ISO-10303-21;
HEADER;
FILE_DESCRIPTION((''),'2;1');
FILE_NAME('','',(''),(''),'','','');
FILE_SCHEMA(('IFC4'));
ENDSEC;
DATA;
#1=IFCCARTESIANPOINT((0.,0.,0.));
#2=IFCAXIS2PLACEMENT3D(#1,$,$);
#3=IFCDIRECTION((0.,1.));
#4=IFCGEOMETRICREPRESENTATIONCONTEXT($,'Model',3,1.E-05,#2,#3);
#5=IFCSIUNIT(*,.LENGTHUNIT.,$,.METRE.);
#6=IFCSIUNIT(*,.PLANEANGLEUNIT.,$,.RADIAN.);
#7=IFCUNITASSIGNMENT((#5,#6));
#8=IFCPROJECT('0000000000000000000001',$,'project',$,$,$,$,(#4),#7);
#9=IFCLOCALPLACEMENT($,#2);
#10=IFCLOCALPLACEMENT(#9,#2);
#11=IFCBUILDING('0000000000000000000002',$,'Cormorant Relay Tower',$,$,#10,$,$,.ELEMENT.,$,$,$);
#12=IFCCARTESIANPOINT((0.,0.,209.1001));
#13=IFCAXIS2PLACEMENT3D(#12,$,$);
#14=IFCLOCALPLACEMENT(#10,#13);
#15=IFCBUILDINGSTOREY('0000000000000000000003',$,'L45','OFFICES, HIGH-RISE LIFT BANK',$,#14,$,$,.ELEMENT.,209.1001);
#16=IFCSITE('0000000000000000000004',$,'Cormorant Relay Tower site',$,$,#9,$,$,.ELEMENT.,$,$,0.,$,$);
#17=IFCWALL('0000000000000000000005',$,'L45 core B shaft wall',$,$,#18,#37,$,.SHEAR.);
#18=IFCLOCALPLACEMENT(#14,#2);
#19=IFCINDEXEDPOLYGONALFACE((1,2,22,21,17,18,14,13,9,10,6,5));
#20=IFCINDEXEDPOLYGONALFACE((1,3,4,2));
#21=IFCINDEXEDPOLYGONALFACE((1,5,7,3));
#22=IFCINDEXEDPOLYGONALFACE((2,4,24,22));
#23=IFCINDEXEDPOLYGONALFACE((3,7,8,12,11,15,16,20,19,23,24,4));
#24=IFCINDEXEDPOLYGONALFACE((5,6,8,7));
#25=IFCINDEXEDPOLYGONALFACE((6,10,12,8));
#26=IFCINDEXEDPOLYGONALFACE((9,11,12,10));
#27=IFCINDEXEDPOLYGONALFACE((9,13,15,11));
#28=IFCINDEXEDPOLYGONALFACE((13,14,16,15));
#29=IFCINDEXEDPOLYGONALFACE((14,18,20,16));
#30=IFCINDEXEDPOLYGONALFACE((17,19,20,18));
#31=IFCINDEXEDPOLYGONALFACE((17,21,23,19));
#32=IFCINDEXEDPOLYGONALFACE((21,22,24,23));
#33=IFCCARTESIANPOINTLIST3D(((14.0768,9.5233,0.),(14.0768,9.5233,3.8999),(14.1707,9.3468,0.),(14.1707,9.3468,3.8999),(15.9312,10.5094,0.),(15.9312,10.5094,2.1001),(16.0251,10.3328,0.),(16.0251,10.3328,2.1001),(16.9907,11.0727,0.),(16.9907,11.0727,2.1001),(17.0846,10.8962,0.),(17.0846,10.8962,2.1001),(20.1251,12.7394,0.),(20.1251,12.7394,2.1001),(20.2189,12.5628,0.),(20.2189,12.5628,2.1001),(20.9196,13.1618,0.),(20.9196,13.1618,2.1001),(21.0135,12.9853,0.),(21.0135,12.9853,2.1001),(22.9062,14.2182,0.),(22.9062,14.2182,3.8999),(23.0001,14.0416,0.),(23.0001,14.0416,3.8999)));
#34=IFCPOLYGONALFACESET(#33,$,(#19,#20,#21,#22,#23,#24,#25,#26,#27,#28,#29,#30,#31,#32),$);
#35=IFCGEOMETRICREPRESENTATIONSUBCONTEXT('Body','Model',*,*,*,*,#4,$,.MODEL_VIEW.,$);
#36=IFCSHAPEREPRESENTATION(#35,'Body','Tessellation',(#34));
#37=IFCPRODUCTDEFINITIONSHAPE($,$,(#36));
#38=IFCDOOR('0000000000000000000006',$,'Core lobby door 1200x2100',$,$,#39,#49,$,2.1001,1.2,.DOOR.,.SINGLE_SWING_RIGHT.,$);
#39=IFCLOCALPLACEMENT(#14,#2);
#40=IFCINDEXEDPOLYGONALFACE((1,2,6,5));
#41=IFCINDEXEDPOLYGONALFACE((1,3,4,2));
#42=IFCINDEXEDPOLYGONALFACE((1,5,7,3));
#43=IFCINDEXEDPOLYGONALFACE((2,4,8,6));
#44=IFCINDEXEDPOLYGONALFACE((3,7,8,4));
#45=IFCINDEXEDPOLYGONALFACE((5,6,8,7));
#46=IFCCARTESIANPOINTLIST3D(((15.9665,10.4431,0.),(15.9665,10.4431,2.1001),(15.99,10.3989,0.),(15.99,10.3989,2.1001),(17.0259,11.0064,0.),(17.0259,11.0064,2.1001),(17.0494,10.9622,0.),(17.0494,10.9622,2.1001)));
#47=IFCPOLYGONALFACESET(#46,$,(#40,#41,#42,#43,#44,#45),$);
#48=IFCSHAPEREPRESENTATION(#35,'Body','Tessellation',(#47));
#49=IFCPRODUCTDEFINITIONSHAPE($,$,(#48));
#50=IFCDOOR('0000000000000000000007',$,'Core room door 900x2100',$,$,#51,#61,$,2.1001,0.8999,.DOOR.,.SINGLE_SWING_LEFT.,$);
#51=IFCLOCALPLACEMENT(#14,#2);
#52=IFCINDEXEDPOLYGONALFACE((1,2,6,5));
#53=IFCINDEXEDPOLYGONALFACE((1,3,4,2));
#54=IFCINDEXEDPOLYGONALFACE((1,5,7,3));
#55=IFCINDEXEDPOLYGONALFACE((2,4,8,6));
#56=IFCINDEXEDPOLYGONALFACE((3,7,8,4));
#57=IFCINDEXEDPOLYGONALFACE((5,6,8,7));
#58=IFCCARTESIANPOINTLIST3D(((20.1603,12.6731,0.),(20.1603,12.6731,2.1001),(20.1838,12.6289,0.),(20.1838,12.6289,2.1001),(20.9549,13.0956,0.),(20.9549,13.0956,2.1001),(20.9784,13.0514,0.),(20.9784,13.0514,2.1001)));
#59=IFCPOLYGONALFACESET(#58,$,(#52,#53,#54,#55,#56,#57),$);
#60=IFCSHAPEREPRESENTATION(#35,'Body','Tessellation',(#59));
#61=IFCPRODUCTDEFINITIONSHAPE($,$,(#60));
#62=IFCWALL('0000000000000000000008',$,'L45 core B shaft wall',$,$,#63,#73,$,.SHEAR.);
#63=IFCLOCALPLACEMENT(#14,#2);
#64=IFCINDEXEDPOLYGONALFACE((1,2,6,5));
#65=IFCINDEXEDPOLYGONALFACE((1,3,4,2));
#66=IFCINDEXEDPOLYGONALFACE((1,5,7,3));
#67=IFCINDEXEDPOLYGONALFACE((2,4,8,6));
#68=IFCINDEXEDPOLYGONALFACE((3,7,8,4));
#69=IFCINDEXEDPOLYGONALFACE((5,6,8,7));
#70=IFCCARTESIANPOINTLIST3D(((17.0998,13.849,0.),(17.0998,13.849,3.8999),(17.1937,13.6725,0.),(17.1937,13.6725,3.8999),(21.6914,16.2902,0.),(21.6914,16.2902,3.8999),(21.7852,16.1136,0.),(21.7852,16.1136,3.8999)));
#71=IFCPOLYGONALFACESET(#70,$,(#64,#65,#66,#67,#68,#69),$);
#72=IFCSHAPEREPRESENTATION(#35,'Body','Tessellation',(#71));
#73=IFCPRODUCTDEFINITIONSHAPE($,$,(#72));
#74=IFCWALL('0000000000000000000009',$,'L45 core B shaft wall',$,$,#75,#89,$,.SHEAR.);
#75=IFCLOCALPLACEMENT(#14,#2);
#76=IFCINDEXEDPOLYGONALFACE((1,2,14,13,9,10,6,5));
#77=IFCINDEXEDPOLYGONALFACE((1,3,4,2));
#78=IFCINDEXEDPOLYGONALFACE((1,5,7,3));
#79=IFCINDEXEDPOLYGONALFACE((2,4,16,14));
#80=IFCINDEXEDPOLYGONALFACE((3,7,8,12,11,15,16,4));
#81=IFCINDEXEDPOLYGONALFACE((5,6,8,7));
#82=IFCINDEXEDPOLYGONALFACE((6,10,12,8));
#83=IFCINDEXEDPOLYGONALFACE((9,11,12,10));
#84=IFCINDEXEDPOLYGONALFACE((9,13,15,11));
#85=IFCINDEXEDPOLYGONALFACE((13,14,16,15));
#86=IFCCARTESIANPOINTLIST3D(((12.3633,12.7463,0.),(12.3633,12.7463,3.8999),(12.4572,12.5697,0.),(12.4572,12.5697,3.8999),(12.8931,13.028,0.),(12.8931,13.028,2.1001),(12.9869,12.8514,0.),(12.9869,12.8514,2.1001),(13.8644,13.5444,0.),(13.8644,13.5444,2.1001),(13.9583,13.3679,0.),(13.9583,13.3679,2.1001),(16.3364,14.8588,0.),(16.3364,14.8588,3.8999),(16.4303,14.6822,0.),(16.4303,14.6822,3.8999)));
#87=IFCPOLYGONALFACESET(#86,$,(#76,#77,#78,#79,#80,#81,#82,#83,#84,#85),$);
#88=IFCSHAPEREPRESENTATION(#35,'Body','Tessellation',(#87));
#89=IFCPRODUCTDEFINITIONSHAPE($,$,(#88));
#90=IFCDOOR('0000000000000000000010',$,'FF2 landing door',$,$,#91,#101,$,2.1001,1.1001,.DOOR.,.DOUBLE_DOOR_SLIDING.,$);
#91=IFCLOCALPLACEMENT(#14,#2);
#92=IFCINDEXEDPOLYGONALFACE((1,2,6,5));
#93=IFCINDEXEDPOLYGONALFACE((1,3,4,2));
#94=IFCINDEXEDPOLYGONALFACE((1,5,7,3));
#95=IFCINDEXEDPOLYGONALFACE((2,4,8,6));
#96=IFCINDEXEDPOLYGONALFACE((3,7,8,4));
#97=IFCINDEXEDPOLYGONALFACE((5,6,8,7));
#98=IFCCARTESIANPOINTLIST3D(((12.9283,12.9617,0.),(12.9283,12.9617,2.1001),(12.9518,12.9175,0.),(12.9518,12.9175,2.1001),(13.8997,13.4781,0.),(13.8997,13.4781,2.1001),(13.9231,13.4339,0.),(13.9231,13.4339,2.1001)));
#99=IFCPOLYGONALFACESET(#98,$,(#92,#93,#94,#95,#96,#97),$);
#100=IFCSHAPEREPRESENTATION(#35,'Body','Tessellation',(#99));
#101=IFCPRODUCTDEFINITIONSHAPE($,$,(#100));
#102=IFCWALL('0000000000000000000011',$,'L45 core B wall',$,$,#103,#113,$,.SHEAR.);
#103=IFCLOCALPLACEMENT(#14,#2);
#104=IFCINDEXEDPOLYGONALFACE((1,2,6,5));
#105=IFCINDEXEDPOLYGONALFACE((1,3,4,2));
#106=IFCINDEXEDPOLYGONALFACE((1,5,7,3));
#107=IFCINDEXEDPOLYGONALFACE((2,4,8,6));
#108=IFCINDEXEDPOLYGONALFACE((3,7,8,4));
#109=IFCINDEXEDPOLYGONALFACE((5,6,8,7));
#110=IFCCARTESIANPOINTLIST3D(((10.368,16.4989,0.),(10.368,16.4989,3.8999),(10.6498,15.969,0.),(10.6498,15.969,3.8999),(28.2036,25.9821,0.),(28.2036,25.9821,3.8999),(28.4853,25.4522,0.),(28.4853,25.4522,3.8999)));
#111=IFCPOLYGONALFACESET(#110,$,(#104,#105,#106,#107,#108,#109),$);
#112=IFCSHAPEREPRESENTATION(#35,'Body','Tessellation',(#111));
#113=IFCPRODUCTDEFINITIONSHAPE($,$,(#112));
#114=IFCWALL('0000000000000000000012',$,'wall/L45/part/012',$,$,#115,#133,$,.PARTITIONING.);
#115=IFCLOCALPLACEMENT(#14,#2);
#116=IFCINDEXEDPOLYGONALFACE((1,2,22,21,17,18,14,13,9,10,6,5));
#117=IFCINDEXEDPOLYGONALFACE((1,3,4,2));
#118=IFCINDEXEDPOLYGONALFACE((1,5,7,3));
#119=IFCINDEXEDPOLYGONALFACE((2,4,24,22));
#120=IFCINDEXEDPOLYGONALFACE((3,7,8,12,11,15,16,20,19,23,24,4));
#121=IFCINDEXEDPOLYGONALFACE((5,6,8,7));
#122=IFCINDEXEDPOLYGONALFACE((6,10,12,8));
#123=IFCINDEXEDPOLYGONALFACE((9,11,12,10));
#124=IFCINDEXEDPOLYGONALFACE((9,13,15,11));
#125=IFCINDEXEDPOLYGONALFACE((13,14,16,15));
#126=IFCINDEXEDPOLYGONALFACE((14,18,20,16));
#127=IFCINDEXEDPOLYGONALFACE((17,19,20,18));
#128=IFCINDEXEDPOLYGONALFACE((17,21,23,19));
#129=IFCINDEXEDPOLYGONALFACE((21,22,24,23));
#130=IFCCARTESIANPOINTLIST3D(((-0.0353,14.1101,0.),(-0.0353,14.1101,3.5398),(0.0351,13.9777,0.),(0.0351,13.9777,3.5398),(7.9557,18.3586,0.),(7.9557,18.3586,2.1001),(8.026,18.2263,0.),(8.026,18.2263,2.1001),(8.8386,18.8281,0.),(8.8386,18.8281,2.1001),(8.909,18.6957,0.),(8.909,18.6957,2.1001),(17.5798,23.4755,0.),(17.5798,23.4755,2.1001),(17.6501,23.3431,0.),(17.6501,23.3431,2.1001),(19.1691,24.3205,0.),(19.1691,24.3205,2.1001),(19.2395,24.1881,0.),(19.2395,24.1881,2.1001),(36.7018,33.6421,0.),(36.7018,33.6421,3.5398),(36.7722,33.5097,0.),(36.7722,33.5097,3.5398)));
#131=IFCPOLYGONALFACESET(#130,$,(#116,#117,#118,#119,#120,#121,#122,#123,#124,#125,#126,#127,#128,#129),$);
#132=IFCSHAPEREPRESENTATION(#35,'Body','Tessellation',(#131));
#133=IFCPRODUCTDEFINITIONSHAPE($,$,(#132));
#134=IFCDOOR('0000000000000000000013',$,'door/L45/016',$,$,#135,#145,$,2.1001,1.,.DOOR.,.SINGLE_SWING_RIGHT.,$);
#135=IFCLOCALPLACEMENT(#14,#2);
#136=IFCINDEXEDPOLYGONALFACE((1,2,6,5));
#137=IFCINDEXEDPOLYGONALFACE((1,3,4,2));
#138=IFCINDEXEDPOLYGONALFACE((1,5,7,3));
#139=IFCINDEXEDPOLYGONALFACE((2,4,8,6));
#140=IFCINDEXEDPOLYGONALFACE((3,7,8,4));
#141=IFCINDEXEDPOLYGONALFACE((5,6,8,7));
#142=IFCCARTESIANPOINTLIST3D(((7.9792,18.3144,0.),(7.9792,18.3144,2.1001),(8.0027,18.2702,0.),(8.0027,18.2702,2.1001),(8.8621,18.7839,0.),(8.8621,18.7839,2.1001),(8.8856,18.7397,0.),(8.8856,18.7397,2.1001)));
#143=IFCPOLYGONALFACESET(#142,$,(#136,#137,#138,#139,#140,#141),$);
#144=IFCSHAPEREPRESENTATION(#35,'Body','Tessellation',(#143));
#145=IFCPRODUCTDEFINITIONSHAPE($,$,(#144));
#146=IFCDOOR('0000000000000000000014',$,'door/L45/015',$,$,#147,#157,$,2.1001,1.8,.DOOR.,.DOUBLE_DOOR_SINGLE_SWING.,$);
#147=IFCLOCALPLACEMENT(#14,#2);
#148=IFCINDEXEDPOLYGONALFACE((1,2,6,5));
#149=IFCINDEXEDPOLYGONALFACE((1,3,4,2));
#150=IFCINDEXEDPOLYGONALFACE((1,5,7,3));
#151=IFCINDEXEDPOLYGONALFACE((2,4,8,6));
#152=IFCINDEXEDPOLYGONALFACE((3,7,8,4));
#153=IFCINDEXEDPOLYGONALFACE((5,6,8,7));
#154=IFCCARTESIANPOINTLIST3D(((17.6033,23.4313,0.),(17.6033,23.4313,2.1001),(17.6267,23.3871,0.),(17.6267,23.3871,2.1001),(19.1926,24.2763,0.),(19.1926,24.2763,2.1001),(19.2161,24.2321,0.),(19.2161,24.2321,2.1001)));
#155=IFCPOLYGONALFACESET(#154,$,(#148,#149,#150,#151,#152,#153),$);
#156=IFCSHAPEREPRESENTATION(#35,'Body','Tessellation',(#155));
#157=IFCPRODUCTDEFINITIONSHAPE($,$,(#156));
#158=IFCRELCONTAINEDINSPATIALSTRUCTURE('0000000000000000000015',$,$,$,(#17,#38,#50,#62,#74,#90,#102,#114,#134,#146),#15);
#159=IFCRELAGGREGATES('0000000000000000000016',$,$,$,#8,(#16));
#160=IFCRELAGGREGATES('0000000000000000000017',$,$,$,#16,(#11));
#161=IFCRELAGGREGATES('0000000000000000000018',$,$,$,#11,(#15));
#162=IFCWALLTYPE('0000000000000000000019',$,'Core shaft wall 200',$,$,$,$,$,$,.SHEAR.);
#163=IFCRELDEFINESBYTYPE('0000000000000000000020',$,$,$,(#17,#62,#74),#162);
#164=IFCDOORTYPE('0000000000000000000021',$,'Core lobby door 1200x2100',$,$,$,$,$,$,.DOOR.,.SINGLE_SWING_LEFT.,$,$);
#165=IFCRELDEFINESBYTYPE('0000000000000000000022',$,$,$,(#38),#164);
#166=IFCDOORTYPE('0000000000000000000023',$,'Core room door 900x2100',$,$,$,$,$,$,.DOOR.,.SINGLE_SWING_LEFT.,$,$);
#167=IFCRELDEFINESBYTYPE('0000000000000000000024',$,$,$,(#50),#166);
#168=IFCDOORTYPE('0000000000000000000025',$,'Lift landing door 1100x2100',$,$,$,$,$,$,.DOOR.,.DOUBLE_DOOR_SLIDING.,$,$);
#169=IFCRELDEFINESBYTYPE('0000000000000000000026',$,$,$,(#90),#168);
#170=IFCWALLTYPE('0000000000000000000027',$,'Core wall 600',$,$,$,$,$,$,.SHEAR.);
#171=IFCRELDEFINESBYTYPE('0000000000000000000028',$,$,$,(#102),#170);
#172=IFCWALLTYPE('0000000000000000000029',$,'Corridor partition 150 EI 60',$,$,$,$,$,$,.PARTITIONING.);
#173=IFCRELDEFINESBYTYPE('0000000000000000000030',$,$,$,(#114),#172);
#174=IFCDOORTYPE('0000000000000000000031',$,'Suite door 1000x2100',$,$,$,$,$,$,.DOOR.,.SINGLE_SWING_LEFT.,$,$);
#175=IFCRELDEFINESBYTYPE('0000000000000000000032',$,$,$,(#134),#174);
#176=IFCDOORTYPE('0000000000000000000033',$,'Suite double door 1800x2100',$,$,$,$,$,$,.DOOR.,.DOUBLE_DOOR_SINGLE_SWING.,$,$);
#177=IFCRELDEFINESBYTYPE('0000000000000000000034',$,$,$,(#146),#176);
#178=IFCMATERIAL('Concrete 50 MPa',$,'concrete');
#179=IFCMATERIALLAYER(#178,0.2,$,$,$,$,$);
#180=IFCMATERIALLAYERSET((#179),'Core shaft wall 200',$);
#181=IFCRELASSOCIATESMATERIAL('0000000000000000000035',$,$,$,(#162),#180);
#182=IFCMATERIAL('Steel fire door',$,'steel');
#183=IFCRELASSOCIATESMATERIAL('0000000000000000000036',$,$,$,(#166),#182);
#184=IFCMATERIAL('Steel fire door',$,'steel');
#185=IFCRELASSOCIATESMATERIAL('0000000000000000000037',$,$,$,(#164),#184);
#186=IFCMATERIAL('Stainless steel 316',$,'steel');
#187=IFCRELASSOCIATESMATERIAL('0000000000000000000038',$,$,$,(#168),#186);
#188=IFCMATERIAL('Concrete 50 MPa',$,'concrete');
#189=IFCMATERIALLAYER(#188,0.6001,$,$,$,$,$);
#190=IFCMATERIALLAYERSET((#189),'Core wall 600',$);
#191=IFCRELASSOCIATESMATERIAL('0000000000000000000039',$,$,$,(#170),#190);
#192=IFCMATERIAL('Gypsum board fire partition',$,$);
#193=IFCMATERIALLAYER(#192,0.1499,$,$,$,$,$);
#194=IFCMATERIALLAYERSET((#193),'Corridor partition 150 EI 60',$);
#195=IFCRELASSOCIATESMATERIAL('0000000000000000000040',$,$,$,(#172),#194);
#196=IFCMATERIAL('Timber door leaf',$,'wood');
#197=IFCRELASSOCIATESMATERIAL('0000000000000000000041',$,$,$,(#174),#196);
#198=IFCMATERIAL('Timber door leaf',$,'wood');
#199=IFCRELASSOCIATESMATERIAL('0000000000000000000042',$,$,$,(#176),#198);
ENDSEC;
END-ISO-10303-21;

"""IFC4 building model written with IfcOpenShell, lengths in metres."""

from ifc_helpers import new_model, si_unit, direction, frame, frame_2d, origin, place, context, subcontext, project, spatial, rectangle, extrude, material, layer, layer_set, type_object, element, fill, save


model = new_model("IFC4")

# Units and contexts
model_context = context("Model", 3, precision=1e-05, world=origin(), true_north=direction((0.0, 1.0)))
body_context = subcontext(model_context, "Body", "Model", "MODEL_VIEW")
ifc_project = project(units=[si_unit("LENGTHUNIT", "METRE"), si_unit("PLANEANGLEUNIT", "RADIAN")], contexts=[model_context])

# Site, building, storey
site_placement = place(None, origin())
site = spatial("IfcSite", under=ifc_project, at=site_placement, Name="Cormorant Relay Tower site", CompositionType="ELEMENT", RefElevation=0.0)
building_placement = place(site_placement, origin())
building = spatial("IfcBuilding", under=site, at=building_placement, Name="Cormorant Relay Tower", CompositionType="ELEMENT")
storey_placement = place(building_placement, frame((0.0, 0.0, 209.1001)))
storey = spatial("IfcBuildingStorey", under=building, at=storey_placement, Name="L45", Description="OFFICES, HIGH-RISE LIFT BANK", CompositionType="ELEMENT", Elevation=209.1001)

# Shared definitions
ifc_material_1 = material(Name="Concrete 50 MPa", Category="concrete")
ifc_layer_1 = layer(ifc_material_1, 0.2)
ifc_layer_set_1 = layer_set([ifc_layer_1], Name="Core shaft wall 200")
wall_type_1 = type_object("IfcWallType", Name="Core shaft wall 200", PredefinedType="SHEAR", material=ifc_layer_set_1)

# Shared definitions
ifc_material_2 = material(Name="Steel fire door", Category="steel")
door_type_1 = type_object("IfcDoorType", Name="Core room door 900x2100", OperationType="SINGLE_SWING_LEFT", PredefinedType="DOOR", material=ifc_material_2)

# Wall, openings, doors
wall_1_placement = place(storey_placement, frame((14.1238, 9.4351, 0.0), z_axis=(0.0, 0.0, 1.0), x_axis=(0.88294, 0.469485, 0.0)))
wall_1 = element("IfcWall", 1, at=wall_1_placement, inside=storey, type_object=wall_type_1, Name="L45 core B shaft wall", PredefinedType="SHEAR", context=body_context, shape_type="SweptSolid", body=[
    extrude(rectangle(XDim=10.0, YDim=0.2, at=frame_2d((5.0, 0.0))), origin(), (0.0, 0.0, 1.0), 3.8999),
])
opening_1_placement = place(wall_1_placement, frame((2.1001, 0.0, 0.0)))
opening_1 = element("IfcOpeningElement", 2, at=opening_1_placement, cuts=wall_1, PredefinedType="OPENING", context=body_context, shape_type="SweptSolid", body=[
    extrude(rectangle(XDim=1.2, YDim=2.1001, at=frame_2d((0.6001, 1.05))), frame((0.0, 0.1099, 0.0), z_axis=(0.0, -1.0, 0.0), x_axis=(1.0, 0.0, 0.0)), (0.0, 0.0, 1.0), 0.22),
])
opening_2_placement = place(wall_1_placement, frame((6.8501, 0.0, 0.0)))
opening_2 = element("IfcOpeningElement", 3, at=opening_2_placement, cuts=wall_1, PredefinedType="OPENING", context=body_context, shape_type="SweptSolid", body=[
    extrude(rectangle(XDim=0.8999, YDim=2.1001, at=frame_2d((0.45, 1.05))), frame((0.0, 0.1099, 0.0), z_axis=(0.0, -1.0, 0.0), x_axis=(1.0, 0.0, 0.0)), (0.0, 0.0, 1.0), 0.22),
])
ifc_material_3 = material(Name="Steel fire door", Category="steel")
door_type_2 = type_object("IfcDoorType", Name="Core lobby door 1200x2100", OperationType="SINGLE_SWING_LEFT", PredefinedType="DOOR", material=ifc_material_3)
door_1_placement = place(opening_1_placement, origin())
door_1 = element("IfcDoor", 4, at=door_1_placement, inside=storey, type_object=door_type_2, Name="Core lobby door 1200x2100", OperationType="SINGLE_SWING_RIGHT", OverallHeight=2.1001, OverallWidth=1.2, PredefinedType="DOOR", context=body_context, shape_type="SweptSolid", body=[
    extrude(rectangle(XDim=1.2, YDim=2.1001, at=frame_2d((0.6001, 1.05))), frame((0.0, 0.0249, 0.0), z_axis=(0.0, -1.0, 0.0), x_axis=(1.0, 0.0, 0.0)), (0.0, 0.0, 1.0), 0.05),
])
fill(opening_1, door_1)
door_2_placement = place(opening_2_placement, origin())
door_2 = element("IfcDoor", 5, at=door_2_placement, inside=storey, type_object=door_type_1, Name="Core room door 900x2100", OperationType="SINGLE_SWING_LEFT", OverallHeight=2.1001, OverallWidth=0.8999, PredefinedType="DOOR", context=body_context, shape_type="SweptSolid", body=[
    extrude(rectangle(XDim=0.8999, YDim=2.1001, at=frame_2d((0.45, 1.05))), frame((0.0, 0.0249, 0.0), z_axis=(0.0, -1.0, 0.0), x_axis=(1.0, 0.0, 0.0)), (0.0, 0.0, 1.0), 0.05),
])
fill(opening_2, door_2)

# Wall
wall_2_placement = place(storey_placement, frame((17.1467, 13.7607, 0.0), z_axis=(0.0, 0.0, 1.0), x_axis=(0.882964, 0.46944, 0.0)))
element("IfcWall", 6, at=wall_2_placement, inside=storey, type_object=wall_type_1, Name="L45 core B shaft wall", PredefinedType="SHEAR", context=body_context, shape_type="SweptSolid", body=[
    extrude(rectangle(XDim=5.2002, YDim=0.2, at=frame_2d((2.6001, 0.0))), origin(), (0.0, 0.0, 1.0), 3.8999),
])

# Wall, opening, door
wall_3_placement = place(storey_placement, frame((12.4102, 12.658, 0.0), z_axis=(0.0, 0.0, 1.0), x_axis=(0.882948, 0.46947, 0.0)))
wall_3 = element("IfcWall", 7, at=wall_3_placement, inside=storey, type_object=wall_type_1, Name="L45 core B shaft wall", PredefinedType="SHEAR", context=body_context, shape_type="SweptSolid", body=[
    extrude(rectangle(XDim=4.4998, YDim=0.2, at=frame_2d((2.25, 0.0))), origin(), (0.0, 0.0, 1.0), 3.8999),
])
opening_3_placement = place(wall_3_placement, frame((0.6001, 0.0, 0.0)))
opening_3 = element("IfcOpeningElement", 8, at=opening_3_placement, cuts=wall_3, PredefinedType="OPENING", context=body_context, shape_type="SweptSolid", body=[
    extrude(rectangle(XDim=1.1001, YDim=2.1001, at=frame_2d((0.55, 1.05))), frame((0.0, 0.1099, 0.0), z_axis=(0.0, -1.0, 0.0), x_axis=(1.0, 0.0, 0.0)), (0.0, 0.0, 1.0), 0.22),
])
ifc_material_4 = material(Name="Stainless steel 316", Category="steel")
door_type_3 = type_object("IfcDoorType", Name="Lift landing door 1100x2100", OperationType="DOUBLE_DOOR_SLIDING", PredefinedType="DOOR", material=ifc_material_4)
door_3_placement = place(opening_3_placement, origin())
door_3 = element("IfcDoor", 9, at=door_3_placement, inside=storey, type_object=door_type_3, Name="FF2 landing door", OperationType="DOUBLE_DOOR_SLIDING", OverallHeight=2.1001, OverallWidth=1.1001, PredefinedType="DOOR", context=body_context, shape_type="SweptSolid", body=[
    extrude(rectangle(XDim=1.1001, YDim=2.1001, at=frame_2d((0.55, 1.05))), frame((0.0, 0.0249, 0.0), z_axis=(0.0, -1.0, 0.0), x_axis=(1.0, 0.0, 0.0)), (0.0, 0.0, 1.0), 0.05),
])
fill(opening_3, door_3)

# Wall
ifc_material_5 = material(Name="Concrete 50 MPa", Category="concrete")
ifc_layer_2 = layer(ifc_material_5, 0.6001)
ifc_layer_set_2 = layer_set([ifc_layer_2], Name="Core wall 600")
wall_type_2 = type_object("IfcWallType", Name="Core wall 600", PredefinedType="SHEAR", material=ifc_layer_set_2)
wall_4_placement = place(storey_placement, frame((10.5088, 16.2339, 0.0), z_axis=(0.0, 0.0, 1.0), x_axis=(0.88295, 0.469467, 0.0)))
element("IfcWall", 10, at=wall_4_placement, inside=storey, type_object=wall_type_2, Name="L45 core B wall", PredefinedType="SHEAR", context=body_context, shape_type="SweptSolid", body=[
    extrude(rectangle(XDim=20.2, YDim=0.6001, at=frame_2d((10.1001, 0.0))), origin(), (0.0, 0.0, 1.0), 3.8999),
])

# Wall, openings, doors
ifc_material_6 = material(Name="Gypsum board fire partition")
ifc_layer_3 = layer(ifc_material_6, 0.1499)
ifc_layer_set_3 = layer_set([ifc_layer_3], Name="Corridor partition 150 EI 60")
wall_type_3 = type_object("IfcWallType", Name="Corridor partition 150 EI 60", PredefinedType="PARTITIONING", material=ifc_layer_set_3)
wall_5_placement = place(storey_placement, frame((0.0, 14.0439, 0.0), z_axis=(0.0, 0.0, 1.0), x_axis=(0.882962, 0.469444, 0.0)))
wall_5 = element("IfcWall", 11, at=wall_5_placement, inside=storey, type_object=wall_type_3, Name="wall/L45/part/012", PredefinedType="PARTITIONING", context=body_context, shape_type="SweptSolid", body=[
    extrude(rectangle(XDim=41.6067, YDim=0.1499, at=frame_2d((20.8032, 0.0))), origin(), (0.0, 0.0, 1.0), 3.5398),
])
opening_4_placement = place(wall_5_placement, frame((19.95, 0.0, 0.0)))
opening_4 = element("IfcOpeningElement", 12, at=opening_4_placement, cuts=wall_5, PredefinedType="OPENING", context=body_context, shape_type="SweptSolid", body=[
    extrude(rectangle(XDim=1.8, YDim=2.1001, at=frame_2d((0.8999, 1.05))), frame((0.0, 0.085, 0.0), z_axis=(0.0, -1.0, 0.0), x_axis=(1.0, 0.0, 0.0)), (0.0, 0.0, 1.0), 0.1699),
])
opening_5_placement = place(wall_5_placement, frame((9.05, 0.0, 0.0)))
opening_5 = element("IfcOpeningElement", 13, at=opening_5_placement, cuts=wall_5, PredefinedType="OPENING", context=body_context, shape_type="SweptSolid", body=[
    extrude(rectangle(XDim=1.0, YDim=2.1001, at=frame_2d((0.5, 1.05))), frame((0.0, 0.085, 0.0), z_axis=(0.0, -1.0, 0.0), x_axis=(1.0, 0.0, 0.0)), (0.0, 0.0, 1.0), 0.1699),
])
ifc_material_7 = material(Name="Timber door leaf", Category="wood")
door_type_4 = type_object("IfcDoorType", Name="Suite door 1000x2100", OperationType="SINGLE_SWING_LEFT", PredefinedType="DOOR", material=ifc_material_7)
door_4_placement = place(opening_5_placement, origin())
door_4 = element("IfcDoor", 14, at=door_4_placement, inside=storey, type_object=door_type_4, Name="door/L45/016", OperationType="SINGLE_SWING_RIGHT", OverallHeight=2.1001, OverallWidth=1.0, PredefinedType="DOOR", context=body_context, shape_type="SweptSolid", body=[
    extrude(rectangle(XDim=1.0, YDim=2.1001, at=frame_2d((0.5, 1.05))), frame((0.0, 0.0249, 0.0), z_axis=(0.0, -1.0, 0.0), x_axis=(1.0, 0.0, 0.0)), (0.0, 0.0, 1.0), 0.05),
])
fill(opening_5, door_4)
ifc_material_8 = material(Name="Timber door leaf", Category="wood")
door_type_5 = type_object("IfcDoorType", Name="Suite double door 1800x2100", OperationType="DOUBLE_DOOR_SINGLE_SWING", PredefinedType="DOOR", material=ifc_material_8)
door_5_placement = place(opening_4_placement, origin())
door_5 = element("IfcDoor", 15, at=door_5_placement, inside=storey, type_object=door_type_5, Name="door/L45/015", OperationType="DOUBLE_DOOR_SINGLE_SWING", OverallHeight=2.1001, OverallWidth=1.8, PredefinedType="DOOR", context=body_context, shape_type="SweptSolid", body=[
    extrude(rectangle(XDim=1.8, YDim=2.1001, at=frame_2d((0.8999, 1.05))), frame((0.0, 0.0249, 0.0), z_axis=(0.0, -1.0, 0.0), x_axis=(1.0, 0.0, 0.0)), (0.0, 0.0, 1.0), 0.05),
])
fill(opening_4, door_5)

save(model, "model.ifc")
